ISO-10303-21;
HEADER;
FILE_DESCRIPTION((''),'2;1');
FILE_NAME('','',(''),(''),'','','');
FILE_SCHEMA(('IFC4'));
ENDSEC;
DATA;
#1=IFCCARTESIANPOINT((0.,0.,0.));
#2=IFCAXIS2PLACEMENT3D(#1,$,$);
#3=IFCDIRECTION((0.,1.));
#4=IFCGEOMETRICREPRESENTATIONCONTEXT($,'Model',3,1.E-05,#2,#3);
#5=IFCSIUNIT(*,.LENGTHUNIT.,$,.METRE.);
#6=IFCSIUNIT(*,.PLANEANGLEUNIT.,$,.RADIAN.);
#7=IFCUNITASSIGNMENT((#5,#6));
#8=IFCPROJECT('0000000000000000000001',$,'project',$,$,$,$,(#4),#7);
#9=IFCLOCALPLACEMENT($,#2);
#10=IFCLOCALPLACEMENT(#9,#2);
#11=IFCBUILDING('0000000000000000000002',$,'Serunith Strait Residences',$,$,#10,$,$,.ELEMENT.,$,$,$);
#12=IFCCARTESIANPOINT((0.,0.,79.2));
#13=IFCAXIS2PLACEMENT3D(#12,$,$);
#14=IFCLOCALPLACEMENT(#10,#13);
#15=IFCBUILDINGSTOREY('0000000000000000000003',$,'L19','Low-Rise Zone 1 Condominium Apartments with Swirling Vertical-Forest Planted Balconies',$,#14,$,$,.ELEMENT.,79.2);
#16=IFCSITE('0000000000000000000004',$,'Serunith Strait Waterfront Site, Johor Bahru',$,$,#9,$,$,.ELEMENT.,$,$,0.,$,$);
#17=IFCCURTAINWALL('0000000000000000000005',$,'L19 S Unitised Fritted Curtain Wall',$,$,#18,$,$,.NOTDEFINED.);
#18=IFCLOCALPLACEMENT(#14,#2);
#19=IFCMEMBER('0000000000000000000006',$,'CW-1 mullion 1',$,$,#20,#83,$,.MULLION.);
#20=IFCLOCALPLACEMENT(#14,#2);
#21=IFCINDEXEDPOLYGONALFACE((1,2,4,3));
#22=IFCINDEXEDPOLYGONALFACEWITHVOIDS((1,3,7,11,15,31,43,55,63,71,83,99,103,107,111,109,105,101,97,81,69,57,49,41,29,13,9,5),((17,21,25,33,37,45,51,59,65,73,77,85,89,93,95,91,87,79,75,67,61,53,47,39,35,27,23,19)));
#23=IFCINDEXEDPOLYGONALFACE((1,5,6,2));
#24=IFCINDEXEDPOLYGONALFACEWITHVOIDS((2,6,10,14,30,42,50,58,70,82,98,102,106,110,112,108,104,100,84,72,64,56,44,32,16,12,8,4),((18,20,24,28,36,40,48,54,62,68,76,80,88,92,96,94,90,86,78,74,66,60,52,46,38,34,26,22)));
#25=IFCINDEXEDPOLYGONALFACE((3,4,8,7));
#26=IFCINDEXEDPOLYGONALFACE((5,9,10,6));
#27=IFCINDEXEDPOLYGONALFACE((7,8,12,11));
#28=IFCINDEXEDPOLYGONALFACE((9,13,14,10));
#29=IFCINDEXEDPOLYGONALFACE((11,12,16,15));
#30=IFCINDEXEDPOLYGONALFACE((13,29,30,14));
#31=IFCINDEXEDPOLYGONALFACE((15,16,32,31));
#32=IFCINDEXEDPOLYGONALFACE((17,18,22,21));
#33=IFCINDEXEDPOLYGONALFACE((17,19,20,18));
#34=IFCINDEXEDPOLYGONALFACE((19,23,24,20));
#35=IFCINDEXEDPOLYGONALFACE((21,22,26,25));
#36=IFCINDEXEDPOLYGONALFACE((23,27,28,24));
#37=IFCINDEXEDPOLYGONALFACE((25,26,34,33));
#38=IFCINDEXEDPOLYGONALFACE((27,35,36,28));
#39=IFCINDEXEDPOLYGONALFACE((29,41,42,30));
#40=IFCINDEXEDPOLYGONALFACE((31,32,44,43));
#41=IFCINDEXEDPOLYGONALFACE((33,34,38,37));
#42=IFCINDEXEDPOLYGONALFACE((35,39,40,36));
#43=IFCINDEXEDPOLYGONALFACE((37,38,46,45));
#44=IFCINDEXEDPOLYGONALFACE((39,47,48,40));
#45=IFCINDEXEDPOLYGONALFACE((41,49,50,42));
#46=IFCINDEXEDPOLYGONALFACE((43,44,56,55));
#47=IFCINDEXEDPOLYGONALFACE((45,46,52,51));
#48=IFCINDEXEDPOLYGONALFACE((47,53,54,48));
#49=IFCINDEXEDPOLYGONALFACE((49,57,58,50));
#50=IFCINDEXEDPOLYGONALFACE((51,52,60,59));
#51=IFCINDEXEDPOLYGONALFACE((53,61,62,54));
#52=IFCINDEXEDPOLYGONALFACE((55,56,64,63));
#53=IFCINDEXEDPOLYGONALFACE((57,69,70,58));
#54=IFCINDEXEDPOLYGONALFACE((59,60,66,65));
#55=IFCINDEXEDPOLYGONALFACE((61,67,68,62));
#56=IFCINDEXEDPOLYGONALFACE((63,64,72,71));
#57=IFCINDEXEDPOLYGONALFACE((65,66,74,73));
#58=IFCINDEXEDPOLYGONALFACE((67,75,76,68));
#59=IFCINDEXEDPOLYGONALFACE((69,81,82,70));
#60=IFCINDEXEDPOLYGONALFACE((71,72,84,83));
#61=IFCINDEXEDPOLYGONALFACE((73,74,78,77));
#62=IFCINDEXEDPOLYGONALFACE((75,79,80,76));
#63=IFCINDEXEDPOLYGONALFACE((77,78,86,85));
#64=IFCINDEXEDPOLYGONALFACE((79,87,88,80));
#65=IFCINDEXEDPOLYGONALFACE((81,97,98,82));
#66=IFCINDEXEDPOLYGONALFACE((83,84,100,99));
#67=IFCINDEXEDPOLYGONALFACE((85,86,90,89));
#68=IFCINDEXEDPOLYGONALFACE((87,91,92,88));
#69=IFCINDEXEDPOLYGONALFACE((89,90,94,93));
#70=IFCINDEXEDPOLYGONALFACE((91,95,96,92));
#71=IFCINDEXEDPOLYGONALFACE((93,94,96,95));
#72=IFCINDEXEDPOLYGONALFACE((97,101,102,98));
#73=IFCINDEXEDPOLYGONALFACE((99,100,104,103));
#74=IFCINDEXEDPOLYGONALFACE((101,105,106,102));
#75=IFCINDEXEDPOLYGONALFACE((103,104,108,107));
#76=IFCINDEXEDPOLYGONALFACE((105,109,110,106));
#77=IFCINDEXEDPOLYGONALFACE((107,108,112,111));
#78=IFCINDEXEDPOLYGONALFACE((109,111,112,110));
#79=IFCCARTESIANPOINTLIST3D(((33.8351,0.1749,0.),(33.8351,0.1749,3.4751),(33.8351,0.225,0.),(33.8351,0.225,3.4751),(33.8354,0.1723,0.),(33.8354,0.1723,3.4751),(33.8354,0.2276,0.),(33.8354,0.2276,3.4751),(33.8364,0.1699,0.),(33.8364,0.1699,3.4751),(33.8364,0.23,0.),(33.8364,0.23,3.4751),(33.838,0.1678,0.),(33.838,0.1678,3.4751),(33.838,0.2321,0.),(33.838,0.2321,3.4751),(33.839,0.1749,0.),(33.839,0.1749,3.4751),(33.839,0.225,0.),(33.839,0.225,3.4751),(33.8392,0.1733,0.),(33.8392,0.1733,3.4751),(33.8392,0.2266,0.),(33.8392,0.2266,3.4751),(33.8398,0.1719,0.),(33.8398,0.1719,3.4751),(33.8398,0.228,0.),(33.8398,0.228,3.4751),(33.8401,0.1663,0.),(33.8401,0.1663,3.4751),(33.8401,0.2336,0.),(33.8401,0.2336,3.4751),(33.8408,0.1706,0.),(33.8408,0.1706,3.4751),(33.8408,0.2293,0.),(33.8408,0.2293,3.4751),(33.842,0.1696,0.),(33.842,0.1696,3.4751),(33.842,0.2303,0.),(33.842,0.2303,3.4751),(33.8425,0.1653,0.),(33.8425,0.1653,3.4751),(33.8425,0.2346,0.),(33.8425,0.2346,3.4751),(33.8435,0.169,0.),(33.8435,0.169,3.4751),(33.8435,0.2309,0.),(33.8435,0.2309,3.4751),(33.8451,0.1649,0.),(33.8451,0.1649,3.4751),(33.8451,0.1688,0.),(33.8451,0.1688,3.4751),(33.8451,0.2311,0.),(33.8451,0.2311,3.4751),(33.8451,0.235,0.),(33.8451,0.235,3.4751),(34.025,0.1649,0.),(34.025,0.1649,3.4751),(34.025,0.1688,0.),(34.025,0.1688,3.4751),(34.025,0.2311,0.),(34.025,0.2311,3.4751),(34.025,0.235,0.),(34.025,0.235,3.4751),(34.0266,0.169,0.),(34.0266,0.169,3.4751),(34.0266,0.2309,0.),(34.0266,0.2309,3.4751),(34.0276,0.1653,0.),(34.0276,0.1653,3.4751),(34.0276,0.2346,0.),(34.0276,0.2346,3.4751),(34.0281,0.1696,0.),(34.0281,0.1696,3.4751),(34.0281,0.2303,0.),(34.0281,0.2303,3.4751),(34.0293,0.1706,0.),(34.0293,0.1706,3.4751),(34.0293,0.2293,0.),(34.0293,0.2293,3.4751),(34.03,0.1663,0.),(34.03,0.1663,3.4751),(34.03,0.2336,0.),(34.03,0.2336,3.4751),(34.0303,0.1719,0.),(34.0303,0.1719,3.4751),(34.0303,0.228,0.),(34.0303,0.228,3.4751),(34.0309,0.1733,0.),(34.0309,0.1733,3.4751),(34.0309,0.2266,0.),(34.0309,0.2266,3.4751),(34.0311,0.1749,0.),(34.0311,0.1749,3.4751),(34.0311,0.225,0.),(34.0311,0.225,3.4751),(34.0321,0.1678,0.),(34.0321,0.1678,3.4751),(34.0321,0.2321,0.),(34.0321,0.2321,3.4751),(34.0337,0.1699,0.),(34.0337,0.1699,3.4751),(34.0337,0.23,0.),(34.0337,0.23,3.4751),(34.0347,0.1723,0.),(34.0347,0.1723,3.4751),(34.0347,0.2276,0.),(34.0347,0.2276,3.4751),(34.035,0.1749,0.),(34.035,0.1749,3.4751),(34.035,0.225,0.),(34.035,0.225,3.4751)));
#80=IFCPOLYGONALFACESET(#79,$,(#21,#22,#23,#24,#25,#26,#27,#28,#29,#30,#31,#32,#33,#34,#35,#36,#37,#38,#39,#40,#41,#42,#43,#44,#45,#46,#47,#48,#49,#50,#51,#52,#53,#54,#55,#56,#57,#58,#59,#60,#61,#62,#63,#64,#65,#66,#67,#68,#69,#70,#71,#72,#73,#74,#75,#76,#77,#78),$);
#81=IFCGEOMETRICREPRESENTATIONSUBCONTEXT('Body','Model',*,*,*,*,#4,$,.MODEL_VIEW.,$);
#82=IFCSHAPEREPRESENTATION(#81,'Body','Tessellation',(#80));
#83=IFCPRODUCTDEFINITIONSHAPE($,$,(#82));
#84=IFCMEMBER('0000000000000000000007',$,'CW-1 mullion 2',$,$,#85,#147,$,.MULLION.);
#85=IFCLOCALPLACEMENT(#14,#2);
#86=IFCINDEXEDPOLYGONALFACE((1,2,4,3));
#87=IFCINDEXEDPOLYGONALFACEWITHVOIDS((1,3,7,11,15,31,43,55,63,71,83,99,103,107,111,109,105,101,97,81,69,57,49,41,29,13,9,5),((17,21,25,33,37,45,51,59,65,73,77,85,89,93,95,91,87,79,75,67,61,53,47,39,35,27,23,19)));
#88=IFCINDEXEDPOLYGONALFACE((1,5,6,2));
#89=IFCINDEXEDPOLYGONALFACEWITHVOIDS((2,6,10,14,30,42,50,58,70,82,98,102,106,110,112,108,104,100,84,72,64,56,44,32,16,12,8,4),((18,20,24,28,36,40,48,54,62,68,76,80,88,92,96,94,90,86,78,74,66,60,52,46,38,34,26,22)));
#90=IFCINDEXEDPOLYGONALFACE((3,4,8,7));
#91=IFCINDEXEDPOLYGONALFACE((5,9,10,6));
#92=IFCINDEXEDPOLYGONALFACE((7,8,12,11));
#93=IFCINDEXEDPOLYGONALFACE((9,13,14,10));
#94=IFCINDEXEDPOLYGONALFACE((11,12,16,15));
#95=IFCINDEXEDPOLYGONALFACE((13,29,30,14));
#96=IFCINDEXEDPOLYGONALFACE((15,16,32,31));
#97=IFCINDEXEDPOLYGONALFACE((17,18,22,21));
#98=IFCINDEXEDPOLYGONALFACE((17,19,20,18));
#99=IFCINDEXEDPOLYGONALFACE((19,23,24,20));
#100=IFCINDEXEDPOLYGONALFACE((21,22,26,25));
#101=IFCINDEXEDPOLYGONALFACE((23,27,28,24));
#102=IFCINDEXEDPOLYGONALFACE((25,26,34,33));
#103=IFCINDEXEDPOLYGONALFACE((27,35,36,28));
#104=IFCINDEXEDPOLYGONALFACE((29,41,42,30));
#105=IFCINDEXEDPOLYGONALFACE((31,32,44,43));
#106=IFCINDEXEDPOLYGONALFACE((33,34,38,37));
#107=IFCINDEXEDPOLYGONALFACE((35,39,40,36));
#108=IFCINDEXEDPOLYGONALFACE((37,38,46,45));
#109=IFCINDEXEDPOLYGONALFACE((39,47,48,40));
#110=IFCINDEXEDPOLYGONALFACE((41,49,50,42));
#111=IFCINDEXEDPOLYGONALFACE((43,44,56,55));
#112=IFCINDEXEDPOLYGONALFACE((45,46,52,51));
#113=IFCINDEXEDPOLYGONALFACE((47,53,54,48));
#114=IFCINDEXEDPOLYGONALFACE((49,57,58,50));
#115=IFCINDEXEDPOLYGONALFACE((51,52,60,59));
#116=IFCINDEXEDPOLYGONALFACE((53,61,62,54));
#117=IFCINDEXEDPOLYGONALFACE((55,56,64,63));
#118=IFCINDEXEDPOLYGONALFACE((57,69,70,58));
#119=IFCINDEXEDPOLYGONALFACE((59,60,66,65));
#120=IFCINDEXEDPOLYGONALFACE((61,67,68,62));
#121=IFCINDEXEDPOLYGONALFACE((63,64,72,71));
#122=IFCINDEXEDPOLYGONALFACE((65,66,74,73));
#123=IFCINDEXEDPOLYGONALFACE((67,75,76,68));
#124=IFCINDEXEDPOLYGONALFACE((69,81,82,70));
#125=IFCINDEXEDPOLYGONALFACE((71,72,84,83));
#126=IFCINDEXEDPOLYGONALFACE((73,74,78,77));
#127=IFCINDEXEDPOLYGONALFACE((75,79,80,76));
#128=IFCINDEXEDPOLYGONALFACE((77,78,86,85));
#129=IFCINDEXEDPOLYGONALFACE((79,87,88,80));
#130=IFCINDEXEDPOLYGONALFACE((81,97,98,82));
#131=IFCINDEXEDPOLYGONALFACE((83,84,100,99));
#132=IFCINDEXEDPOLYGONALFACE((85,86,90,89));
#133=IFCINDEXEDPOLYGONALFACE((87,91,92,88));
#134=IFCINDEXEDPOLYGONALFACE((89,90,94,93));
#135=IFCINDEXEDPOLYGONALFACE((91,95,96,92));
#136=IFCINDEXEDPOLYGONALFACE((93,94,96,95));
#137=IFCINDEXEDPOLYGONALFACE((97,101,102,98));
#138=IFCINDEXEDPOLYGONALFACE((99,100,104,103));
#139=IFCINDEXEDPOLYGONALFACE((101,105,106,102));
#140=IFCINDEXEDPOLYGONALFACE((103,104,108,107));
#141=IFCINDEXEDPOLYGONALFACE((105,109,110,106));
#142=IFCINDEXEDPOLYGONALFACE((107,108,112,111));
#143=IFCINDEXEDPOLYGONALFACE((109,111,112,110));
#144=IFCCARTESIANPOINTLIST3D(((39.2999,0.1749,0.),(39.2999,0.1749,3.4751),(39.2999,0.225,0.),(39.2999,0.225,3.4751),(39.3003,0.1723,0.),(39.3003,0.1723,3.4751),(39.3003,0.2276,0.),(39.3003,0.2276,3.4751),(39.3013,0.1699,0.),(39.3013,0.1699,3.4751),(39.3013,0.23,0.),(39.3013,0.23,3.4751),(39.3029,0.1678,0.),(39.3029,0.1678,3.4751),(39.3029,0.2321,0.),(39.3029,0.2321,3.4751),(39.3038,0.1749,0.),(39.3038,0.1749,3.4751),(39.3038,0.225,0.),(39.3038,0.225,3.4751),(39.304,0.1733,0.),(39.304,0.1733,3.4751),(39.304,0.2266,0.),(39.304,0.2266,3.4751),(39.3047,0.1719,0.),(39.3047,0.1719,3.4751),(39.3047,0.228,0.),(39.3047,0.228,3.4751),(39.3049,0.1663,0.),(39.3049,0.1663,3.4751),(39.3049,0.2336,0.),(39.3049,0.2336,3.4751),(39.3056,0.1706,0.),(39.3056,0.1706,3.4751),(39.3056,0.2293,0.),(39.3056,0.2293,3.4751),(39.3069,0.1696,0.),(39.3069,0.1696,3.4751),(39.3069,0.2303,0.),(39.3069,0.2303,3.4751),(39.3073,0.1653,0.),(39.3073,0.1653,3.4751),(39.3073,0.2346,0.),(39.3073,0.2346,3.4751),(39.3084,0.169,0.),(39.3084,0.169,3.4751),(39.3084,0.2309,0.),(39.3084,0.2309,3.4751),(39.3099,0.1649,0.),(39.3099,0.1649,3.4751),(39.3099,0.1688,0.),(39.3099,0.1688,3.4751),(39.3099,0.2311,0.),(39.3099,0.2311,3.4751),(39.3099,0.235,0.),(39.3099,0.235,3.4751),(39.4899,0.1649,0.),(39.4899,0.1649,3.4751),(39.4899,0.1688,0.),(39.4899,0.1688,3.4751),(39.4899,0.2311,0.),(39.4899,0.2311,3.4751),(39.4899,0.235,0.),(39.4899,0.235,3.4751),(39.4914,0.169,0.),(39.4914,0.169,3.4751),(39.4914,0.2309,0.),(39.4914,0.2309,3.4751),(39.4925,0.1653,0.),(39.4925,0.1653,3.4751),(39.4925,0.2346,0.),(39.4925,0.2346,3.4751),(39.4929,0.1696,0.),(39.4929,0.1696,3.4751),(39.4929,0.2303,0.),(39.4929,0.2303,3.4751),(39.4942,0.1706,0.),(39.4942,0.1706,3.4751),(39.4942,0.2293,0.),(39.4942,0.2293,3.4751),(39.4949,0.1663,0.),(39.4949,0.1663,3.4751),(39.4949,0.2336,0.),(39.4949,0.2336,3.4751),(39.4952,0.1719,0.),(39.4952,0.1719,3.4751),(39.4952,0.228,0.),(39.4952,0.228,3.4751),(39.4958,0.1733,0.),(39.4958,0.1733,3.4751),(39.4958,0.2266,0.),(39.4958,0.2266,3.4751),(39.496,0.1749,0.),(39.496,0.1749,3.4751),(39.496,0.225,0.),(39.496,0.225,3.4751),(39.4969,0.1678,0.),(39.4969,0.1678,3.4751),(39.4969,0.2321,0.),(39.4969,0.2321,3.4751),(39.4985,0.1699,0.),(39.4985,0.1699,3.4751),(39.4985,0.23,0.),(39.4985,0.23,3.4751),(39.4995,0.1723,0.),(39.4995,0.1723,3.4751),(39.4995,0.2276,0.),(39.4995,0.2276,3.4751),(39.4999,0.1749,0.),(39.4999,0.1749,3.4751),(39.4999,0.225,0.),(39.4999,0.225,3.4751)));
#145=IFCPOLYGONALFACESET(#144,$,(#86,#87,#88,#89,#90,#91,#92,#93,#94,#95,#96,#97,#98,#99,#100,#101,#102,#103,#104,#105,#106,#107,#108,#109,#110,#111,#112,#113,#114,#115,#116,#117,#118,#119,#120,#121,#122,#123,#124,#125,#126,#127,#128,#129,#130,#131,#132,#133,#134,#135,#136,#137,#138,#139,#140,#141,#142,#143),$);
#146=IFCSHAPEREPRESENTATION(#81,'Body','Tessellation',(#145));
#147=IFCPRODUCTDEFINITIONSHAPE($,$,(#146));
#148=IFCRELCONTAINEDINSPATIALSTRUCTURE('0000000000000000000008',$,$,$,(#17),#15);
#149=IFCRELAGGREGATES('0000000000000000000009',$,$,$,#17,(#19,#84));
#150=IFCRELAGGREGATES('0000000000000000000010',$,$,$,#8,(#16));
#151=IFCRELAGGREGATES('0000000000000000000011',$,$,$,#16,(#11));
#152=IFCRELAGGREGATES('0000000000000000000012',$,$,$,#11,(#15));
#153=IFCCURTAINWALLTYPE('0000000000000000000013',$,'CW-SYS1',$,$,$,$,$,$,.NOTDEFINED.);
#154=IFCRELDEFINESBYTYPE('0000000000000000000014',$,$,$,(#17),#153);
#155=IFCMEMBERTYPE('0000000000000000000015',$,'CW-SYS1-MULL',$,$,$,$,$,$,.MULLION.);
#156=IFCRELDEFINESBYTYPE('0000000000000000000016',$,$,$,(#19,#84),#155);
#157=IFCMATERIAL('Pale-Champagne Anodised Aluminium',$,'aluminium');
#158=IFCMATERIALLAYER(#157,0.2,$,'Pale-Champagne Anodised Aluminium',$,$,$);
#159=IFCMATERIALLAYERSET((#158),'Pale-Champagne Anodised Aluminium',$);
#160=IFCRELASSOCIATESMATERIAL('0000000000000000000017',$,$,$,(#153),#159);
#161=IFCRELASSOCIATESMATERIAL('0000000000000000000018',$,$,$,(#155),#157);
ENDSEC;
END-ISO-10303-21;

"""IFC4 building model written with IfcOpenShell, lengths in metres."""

from ifc_helpers import new_model, si_unit, direction, frame, origin, origin_2d, place, context, subcontext, project, spatial, hollow_rectangle, extrude, source, transform, mapped, material, layer, layer_set, material_profile, profile_set, type_object, element, aggregate, save


model = new_model("IFC4")

# Units and contexts
model_context = context("Model", 3, precision=1e-05, world=origin(), true_north=direction((0.0, 1.0)))
body_context = subcontext(model_context, "Body", "Model", "MODEL_VIEW")
ifc_project = project(units=[si_unit("LENGTHUNIT", "METRE"), si_unit("PLANEANGLEUNIT", "RADIAN")], contexts=[model_context])

# Site, building, storey
site_placement = place(None, origin())
site = spatial("IfcSite", under=ifc_project, at=site_placement, Name="Serunith Strait Waterfront Site, Johor Bahru", CompositionType="ELEMENT", RefElevation=0.0)
building_placement = place(site_placement, origin())
building = spatial("IfcBuilding", under=site, at=building_placement, Name="Serunith Strait Residences", CompositionType="ELEMENT")
storey_placement = place(building_placement, frame((0.0, 0.0, 79.2)))
storey = spatial("IfcBuildingStorey", under=building, at=storey_placement, Name="L19", Description="Low-Rise Zone 1 Condominium Apartments with Swirling Vertical-Forest Planted Balconies", CompositionType="ELEMENT", Elevation=79.2)

# Curtain wall, members
ifc_material_1 = material(Name="Pale-Champagne Anodised Aluminium", Category="aluminium")
ifc_layer_1 = layer(ifc_material_1, 0.2, Name="Pale-Champagne Anodised Aluminium")
ifc_layer_set_1 = layer_set([ifc_layer_1], Name="Pale-Champagne Anodised Aluminium")
curtain_wall_type = type_object("IfcCurtainWallType", Name="CW-SYS1", PredefinedType="NOTDEFINED", material=ifc_layer_set_1)
curtain_wall_placement = place(storey_placement, origin())
curtain_wall = element("IfcCurtainWall", 1, at=curtain_wall_placement, inside=storey, type_object=curtain_wall_type, Name="L19 S Unitised Fritted Curtain Wall", PredefinedType="NOTDEFINED")
ifc_material_profile_1 = material_profile(ifc_material_1, hollow_rectangle(XDim=0.0701, YDim=0.2, WallThickness=0.0039, InnerFilletRadius=0.0061, OuterFilletRadius=0.01, at=origin_2d()), Name="ALU 200x70x4")
ifc_profile_set_1 = profile_set([ifc_material_profile_1], Name="Pale-Champagne Anodised Aluminium")
member_type_1 = type_object("IfcMemberType", Name="CW-SYS1-MULL", PredefinedType="MULLION", material=ifc_profile_set_1)
shared_shape_1 = source(origin(), body_context, "Body", "SweptSolid", [
    extrude(hollow_rectangle(XDim=0.0701, YDim=0.2, WallThickness=0.0039, InnerFilletRadius=0.0061, OuterFilletRadius=0.01, at=origin_2d()), origin(), (0.0, 0.0, 1.0), 3.4751),
])
member_1_placement = place(storey_placement, frame((33.9351, 0.2, 0.0), z_axis=(0.0, 0.0, 1.0), x_axis=(0.0, 1.0, 0.0)))
member_1 = element("IfcMember", 2, at=member_1_placement, type_object=member_type_1, Name="CW-1 mullion 1", PredefinedType="MULLION", context=body_context, shape_type="MappedRepresentation", body=[
    mapped(shared_shape_1, transform((0.0, 0.0, 0.0), scale=1.0)),
])
member_2_placement = place(storey_placement, frame((39.3999, 0.2, 0.0), z_axis=(0.0, 0.0, 1.0), x_axis=(0.0, 1.0, 0.0)))
member_2 = element("IfcMember", 3, at=member_2_placement, type_object=member_type_1, Name="CW-1 mullion 2", PredefinedType="MULLION", context=body_context, shape_type="MappedRepresentation", body=[
    mapped(shared_shape_1, transform((0.0, 0.0, 0.0), scale=1.0)),
])
aggregate(curtain_wall, [member_1, member_2])

save(model, "model.ifc")
